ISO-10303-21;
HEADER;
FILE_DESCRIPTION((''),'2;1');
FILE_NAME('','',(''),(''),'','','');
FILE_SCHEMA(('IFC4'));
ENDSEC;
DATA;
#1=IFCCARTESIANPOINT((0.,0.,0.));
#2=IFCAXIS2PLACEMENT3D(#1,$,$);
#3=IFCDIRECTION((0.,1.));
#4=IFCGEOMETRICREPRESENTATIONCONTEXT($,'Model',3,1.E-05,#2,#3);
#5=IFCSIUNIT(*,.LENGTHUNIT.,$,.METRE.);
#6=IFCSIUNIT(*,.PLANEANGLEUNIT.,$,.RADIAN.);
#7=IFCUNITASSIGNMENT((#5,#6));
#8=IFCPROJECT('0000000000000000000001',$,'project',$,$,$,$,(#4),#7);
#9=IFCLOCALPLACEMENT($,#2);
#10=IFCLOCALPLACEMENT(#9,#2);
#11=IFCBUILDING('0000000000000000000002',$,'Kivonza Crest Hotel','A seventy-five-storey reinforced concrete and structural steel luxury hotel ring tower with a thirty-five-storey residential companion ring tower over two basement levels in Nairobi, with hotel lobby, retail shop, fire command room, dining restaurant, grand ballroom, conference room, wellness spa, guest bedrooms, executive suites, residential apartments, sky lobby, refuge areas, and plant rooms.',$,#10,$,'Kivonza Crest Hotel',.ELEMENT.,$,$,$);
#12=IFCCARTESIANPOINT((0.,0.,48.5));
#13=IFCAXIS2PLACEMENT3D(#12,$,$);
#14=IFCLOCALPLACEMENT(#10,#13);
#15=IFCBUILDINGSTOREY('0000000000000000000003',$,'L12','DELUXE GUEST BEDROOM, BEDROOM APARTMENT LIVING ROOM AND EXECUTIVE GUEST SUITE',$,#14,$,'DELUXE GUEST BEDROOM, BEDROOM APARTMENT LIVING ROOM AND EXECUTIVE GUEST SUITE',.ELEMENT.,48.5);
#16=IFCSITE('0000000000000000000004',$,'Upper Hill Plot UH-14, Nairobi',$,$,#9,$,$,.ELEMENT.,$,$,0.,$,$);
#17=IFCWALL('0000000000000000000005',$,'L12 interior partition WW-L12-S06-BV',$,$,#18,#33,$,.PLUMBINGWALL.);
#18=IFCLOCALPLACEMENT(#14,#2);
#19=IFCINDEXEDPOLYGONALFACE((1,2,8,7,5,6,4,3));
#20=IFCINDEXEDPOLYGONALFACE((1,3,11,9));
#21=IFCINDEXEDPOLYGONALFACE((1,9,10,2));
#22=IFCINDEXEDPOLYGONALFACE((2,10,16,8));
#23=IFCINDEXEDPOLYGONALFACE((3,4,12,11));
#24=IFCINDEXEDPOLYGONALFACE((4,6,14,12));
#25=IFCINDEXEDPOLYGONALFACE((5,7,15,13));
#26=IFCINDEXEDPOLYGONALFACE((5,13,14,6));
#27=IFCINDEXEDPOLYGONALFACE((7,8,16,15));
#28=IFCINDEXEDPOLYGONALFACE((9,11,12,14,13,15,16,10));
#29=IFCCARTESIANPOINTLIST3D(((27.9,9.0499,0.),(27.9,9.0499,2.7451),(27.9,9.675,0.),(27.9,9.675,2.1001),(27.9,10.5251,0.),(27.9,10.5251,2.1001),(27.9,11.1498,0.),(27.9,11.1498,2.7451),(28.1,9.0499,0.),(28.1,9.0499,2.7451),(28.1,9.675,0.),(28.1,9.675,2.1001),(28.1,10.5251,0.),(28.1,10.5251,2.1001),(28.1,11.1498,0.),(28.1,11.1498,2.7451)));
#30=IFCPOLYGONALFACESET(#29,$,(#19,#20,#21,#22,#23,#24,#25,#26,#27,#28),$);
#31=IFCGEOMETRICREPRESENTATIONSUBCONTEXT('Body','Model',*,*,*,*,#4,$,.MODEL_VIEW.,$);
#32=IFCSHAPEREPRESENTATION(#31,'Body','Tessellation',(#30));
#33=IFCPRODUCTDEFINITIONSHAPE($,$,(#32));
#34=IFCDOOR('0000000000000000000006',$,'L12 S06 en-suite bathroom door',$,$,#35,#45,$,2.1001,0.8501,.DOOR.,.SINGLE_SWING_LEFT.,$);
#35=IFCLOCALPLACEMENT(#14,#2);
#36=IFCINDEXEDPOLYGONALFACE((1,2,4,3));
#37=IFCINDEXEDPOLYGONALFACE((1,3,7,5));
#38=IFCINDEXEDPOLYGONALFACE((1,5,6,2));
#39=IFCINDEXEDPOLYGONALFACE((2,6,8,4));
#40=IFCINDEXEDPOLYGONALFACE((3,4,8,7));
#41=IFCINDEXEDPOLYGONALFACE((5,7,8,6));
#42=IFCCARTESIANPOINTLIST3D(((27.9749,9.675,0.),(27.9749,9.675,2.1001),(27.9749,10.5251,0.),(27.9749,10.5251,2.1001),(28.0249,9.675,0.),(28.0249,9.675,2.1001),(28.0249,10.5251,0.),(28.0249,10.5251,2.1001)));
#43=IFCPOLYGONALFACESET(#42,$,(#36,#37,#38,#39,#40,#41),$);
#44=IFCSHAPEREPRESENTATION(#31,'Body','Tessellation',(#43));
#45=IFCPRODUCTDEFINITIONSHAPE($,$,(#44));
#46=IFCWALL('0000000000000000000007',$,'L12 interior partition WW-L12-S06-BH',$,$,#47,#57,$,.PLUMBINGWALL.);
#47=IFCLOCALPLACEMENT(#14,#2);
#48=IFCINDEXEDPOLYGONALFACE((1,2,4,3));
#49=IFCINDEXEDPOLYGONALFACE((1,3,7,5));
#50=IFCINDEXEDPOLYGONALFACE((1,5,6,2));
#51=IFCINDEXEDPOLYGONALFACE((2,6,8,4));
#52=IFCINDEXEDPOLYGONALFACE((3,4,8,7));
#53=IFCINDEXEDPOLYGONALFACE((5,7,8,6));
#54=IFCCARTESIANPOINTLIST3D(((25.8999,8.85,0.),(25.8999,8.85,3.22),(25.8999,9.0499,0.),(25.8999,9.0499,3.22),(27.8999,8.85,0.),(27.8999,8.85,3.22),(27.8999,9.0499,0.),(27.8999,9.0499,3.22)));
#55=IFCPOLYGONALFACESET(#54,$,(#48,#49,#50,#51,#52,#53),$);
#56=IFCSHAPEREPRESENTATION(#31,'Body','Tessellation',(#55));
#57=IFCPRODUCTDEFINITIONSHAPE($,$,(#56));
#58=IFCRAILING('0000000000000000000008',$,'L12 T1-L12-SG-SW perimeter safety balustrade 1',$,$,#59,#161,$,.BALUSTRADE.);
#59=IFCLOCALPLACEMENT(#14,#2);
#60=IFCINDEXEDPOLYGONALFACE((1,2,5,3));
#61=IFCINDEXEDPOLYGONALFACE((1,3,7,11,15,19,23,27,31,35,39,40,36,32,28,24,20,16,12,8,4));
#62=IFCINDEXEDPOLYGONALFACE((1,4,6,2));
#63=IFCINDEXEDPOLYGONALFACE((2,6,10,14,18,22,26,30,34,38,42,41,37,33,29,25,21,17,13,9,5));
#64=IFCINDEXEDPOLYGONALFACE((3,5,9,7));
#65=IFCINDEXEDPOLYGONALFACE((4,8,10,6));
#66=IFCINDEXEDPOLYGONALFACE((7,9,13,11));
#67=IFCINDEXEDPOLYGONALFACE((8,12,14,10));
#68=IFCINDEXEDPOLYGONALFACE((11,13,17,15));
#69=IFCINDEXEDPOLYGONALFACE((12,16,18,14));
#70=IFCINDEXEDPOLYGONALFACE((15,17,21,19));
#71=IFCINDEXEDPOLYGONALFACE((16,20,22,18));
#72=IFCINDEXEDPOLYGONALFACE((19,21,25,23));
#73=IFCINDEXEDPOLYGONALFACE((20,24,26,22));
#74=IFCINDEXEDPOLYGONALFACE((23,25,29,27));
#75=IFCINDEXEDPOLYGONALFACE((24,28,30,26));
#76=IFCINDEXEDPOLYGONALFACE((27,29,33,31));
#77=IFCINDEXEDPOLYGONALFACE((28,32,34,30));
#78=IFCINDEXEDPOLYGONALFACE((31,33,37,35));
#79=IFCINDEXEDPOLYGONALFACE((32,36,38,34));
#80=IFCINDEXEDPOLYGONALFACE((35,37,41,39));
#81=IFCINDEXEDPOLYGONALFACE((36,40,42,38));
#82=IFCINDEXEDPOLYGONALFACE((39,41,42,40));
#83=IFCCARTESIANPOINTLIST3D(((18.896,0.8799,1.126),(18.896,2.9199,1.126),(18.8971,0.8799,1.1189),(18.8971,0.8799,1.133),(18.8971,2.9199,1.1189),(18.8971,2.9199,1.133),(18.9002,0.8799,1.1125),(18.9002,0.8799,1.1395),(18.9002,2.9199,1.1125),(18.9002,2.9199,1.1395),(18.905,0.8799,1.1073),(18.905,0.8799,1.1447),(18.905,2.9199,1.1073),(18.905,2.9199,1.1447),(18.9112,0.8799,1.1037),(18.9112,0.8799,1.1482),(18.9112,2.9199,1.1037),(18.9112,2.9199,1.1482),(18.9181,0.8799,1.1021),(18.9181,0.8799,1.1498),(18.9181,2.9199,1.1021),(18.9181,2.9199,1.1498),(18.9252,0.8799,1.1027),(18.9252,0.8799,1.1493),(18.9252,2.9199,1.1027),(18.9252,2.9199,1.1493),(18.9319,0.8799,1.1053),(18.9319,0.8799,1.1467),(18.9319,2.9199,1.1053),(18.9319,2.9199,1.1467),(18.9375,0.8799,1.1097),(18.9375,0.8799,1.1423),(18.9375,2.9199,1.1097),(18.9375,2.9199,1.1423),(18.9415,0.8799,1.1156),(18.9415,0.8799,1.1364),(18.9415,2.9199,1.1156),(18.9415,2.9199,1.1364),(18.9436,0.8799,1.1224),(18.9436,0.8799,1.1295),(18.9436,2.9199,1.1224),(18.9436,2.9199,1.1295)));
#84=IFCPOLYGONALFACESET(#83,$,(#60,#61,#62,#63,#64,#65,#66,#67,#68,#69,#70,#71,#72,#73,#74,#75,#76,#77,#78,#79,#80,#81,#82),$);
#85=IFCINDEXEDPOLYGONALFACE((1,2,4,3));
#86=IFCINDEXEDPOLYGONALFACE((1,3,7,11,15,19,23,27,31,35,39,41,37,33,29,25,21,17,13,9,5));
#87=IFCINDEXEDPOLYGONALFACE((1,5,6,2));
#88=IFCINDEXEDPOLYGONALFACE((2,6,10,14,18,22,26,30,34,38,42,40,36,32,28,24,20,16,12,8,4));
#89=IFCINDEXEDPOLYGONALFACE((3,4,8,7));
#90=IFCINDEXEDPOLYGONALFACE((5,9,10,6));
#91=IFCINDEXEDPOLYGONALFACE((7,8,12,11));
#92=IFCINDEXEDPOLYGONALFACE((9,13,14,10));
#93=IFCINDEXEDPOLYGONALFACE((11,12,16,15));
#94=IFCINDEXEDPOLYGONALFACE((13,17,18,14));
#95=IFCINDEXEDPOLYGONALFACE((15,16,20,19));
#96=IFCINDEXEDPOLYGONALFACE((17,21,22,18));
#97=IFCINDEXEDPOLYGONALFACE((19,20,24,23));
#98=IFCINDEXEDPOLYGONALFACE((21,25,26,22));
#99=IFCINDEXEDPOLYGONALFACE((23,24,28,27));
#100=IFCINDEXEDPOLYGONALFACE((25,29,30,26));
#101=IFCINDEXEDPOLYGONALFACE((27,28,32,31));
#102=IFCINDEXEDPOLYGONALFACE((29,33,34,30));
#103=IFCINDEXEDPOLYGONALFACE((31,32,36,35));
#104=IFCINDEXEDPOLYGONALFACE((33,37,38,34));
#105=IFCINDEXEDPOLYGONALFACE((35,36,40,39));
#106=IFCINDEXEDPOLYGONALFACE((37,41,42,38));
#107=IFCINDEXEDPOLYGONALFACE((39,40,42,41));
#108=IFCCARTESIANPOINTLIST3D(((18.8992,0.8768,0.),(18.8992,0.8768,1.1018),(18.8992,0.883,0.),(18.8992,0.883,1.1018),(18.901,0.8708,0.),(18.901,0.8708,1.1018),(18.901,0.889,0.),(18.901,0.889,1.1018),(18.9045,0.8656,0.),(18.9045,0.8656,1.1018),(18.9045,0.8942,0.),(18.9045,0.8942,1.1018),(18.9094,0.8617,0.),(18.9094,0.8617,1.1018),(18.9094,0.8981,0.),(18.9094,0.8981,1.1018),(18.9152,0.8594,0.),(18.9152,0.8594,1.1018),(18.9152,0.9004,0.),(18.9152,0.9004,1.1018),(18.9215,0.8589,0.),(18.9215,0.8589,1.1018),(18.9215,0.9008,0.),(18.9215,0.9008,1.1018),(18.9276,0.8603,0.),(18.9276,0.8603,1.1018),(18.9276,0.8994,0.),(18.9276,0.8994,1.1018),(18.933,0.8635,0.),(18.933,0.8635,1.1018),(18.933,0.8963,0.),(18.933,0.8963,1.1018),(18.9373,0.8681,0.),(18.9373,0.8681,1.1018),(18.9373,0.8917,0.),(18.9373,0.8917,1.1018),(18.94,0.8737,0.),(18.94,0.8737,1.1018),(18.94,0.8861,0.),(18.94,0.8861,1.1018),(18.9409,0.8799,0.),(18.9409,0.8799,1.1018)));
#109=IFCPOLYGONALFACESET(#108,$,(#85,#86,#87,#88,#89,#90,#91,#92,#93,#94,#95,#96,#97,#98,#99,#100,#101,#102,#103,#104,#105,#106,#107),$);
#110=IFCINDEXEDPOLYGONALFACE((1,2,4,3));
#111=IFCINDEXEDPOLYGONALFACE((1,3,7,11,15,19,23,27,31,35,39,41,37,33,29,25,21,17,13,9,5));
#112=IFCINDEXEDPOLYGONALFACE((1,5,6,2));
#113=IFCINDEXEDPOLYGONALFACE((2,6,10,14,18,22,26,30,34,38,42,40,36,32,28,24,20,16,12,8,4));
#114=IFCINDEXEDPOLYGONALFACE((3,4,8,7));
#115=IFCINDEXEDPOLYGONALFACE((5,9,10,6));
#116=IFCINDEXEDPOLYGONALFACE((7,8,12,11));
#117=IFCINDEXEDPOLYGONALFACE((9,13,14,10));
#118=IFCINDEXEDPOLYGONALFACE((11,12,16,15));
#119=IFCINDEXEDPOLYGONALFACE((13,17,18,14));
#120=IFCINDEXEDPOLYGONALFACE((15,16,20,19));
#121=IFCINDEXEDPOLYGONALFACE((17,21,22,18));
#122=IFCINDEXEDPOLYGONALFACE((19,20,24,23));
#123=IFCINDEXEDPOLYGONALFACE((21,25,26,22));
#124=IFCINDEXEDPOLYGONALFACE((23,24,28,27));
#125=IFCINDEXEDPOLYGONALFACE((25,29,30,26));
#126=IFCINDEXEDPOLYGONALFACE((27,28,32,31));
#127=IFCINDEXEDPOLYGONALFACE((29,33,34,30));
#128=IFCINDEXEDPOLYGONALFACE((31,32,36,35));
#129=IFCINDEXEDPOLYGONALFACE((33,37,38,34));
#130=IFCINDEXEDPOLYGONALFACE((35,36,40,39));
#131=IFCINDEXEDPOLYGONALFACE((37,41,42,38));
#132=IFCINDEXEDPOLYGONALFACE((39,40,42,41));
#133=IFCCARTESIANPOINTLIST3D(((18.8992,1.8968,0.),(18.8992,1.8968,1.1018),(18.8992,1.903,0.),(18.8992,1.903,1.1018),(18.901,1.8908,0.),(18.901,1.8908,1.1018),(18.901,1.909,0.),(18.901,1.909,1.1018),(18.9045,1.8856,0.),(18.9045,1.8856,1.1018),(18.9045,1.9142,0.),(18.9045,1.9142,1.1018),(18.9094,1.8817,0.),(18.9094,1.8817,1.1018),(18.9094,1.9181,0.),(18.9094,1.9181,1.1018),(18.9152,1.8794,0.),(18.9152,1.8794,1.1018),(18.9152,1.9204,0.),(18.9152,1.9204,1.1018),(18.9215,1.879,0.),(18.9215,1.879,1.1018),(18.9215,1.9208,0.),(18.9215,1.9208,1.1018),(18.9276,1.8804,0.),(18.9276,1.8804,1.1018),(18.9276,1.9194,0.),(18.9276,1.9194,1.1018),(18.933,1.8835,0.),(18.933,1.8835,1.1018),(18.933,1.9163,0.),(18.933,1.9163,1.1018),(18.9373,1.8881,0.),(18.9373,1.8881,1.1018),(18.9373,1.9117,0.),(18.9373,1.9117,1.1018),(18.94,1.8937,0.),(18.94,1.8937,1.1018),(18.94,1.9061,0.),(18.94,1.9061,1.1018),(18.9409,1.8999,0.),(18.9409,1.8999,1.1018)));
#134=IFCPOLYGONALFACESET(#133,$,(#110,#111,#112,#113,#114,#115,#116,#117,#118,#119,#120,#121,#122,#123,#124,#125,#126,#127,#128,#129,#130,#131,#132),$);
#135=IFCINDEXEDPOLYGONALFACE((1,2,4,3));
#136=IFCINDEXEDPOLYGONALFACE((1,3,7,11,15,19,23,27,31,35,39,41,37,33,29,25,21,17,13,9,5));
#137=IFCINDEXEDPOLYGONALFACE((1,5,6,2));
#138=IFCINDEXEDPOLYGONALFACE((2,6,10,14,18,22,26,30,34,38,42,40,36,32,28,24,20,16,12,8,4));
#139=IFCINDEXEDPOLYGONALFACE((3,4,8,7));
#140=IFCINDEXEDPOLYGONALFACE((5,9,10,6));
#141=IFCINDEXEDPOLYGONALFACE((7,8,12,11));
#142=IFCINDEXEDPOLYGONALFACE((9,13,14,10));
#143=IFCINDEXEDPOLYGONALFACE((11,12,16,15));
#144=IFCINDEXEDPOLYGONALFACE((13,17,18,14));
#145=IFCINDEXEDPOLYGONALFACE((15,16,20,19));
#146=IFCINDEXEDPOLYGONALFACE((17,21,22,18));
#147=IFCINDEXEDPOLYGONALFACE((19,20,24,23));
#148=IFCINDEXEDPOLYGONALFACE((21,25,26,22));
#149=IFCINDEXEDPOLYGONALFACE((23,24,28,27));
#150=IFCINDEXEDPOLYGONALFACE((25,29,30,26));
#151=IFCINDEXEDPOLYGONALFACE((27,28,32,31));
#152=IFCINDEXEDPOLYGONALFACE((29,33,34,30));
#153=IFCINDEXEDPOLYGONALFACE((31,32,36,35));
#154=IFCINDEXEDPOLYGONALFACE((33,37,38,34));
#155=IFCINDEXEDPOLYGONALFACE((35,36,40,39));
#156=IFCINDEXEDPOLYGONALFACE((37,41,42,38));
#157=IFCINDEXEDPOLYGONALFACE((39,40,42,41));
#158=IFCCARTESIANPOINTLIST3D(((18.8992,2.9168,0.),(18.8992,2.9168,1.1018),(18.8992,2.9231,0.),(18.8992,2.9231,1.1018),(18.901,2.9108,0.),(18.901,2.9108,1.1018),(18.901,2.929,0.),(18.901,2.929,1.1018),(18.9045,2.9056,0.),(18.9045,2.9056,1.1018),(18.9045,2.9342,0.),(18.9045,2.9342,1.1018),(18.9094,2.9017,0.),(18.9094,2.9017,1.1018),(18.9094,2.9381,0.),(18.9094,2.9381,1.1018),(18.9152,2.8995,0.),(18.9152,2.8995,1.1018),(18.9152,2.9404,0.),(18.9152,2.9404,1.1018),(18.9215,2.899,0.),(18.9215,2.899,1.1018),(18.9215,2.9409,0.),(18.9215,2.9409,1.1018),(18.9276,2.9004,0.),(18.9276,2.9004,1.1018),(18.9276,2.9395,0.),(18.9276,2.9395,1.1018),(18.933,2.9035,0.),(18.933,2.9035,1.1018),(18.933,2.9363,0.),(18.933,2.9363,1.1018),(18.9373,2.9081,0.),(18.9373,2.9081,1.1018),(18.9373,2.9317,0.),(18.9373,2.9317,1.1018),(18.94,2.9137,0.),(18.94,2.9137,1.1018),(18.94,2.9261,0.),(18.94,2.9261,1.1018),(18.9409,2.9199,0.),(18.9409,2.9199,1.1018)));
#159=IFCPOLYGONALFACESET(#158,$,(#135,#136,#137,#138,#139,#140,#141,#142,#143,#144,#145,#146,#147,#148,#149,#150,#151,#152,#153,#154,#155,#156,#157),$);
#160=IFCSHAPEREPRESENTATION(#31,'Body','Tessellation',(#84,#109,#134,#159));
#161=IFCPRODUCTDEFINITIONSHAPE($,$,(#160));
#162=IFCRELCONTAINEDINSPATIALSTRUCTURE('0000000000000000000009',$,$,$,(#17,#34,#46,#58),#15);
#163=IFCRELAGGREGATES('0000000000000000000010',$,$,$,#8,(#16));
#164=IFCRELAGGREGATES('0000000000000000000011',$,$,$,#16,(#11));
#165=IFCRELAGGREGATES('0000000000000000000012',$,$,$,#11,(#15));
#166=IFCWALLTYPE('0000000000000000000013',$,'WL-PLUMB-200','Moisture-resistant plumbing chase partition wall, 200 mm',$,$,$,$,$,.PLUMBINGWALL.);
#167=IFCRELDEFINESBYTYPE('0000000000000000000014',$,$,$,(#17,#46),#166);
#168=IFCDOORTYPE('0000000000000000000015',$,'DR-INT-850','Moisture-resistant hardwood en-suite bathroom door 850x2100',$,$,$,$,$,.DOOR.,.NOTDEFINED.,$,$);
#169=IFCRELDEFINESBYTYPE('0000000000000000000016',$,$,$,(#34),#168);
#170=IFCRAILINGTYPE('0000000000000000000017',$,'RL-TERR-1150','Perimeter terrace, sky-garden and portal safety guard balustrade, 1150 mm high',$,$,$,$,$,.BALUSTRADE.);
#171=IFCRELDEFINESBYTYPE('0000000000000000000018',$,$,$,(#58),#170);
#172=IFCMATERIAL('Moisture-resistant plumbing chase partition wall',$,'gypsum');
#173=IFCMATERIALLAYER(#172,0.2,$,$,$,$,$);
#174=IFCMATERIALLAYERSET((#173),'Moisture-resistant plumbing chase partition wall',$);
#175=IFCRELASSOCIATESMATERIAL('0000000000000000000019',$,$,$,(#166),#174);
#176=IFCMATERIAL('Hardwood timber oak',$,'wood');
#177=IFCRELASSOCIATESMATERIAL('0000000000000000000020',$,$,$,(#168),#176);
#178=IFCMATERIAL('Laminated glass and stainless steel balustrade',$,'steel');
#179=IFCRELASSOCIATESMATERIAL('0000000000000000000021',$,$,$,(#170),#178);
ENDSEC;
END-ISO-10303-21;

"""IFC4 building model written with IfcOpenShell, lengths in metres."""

from ifc_helpers import new_model, si_unit, direction, frame, frame_2d, origin, origin_2d, place, context, subcontext, project, spatial, rectangle, circle, extrude, material, layer, layer_set, type_object, element, fill, save


model = new_model("IFC4")

# Units and contexts
model_context = context("Model", 3, precision=1e-05, world=origin(), true_north=direction((0.0, 1.0)))
body_context = subcontext(model_context, "Body", "Model", "MODEL_VIEW")
ifc_project = project(units=[si_unit("LENGTHUNIT", "METRE"), si_unit("PLANEANGLEUNIT", "RADIAN")], contexts=[model_context])

# Site, building, storey
site_placement = place(None, origin())
site = spatial("IfcSite", under=ifc_project, at=site_placement, Name="Upper Hill Plot UH-14, Nairobi", CompositionType="ELEMENT", RefElevation=0.0)
building_placement = place(site_placement, origin())
building = spatial("IfcBuilding", under=site, at=building_placement, Name="Kivonza Crest Hotel", Description="A seventy-five-storey reinforced concrete and structural steel luxury hotel ring tower with a thirty-five-storey residential companion ring tower over two basement levels in Nairobi, with hotel lobby, retail shop, fire command room, dining restaurant, grand ballroom, conference room, wellness spa, guest bedrooms, executive suites, residential apartments, sky lobby, refuge areas, and plant rooms.", LongName="Kivonza Crest Hotel", CompositionType="ELEMENT")
storey_placement = place(building_placement, frame((0.0, 0.0, 48.5)))
storey = spatial("IfcBuildingStorey", under=building, at=storey_placement, Name="L12", Description="DELUXE GUEST BEDROOM, BEDROOM APARTMENT LIVING ROOM AND EXECUTIVE GUEST SUITE", LongName="DELUXE GUEST BEDROOM, BEDROOM APARTMENT LIVING ROOM AND EXECUTIVE GUEST SUITE", CompositionType="ELEMENT", Elevation=48.5)

# Wall, opening, door
ifc_material_1 = material(Name="Hardwood timber oak", Category="wood")
ifc_material_2 = material(Name="Moisture-resistant plumbing chase partition wall", Category="gypsum")
ifc_layer_1 = layer(ifc_material_2, 0.2)
ifc_layer_set_1 = layer_set([ifc_layer_1], Name="Moisture-resistant plumbing chase partition wall")
wall_type_1 = type_object("IfcWallType", Name="WL-PLUMB-200", Description="Moisture-resistant plumbing chase partition wall, 200 mm", PredefinedType="PLUMBINGWALL", material=ifc_layer_set_1)
wall_1_placement = place(storey_placement, frame((28.0, 9.05, 0.0), z_axis=(0.0, 0.0, 1.0), x_axis=(0.0, 1.0, 0.0)))
wall_1 = element("IfcWall", 1, at=wall_1_placement, inside=storey, type_object=wall_type_1, Name="L12 interior partition WW-L12-S06-BV", PredefinedType="PLUMBINGWALL", context=body_context, shape_type="SweptSolid", body=[
    extrude(rectangle(XDim=2.0999, YDim=0.2, at=frame_2d((1.0498, 0.0))), origin(), (0.0, 0.0, 1.0), 2.7451),
])
opening_1_placement = place(wall_1_placement, frame((0.625, 0.0, 0.0)))
opening_1 = element("IfcOpeningElement", 2, at=opening_1_placement, cuts=wall_1, PredefinedType="OPENING", context=body_context, shape_type="SweptSolid", body=[
    extrude(rectangle(XDim=0.8501, YDim=2.1001, at=frame_2d((0.425, 1.05))), frame((0.0, 0.1099, 0.0), z_axis=(0.0, -1.0, 0.0), x_axis=(1.0, 0.0, 0.0)), (0.0, 0.0, 1.0), 0.22),
])
door_type_1 = type_object("IfcDoorType", Name="DR-INT-850", Description="Moisture-resistant hardwood en-suite bathroom door 850x2100", OperationType="NOTDEFINED", PredefinedType="DOOR", material=ifc_material_1)
door_1_placement = place(opening_1_placement, frame((0.8501, 0.0, 0.0), z_axis=(0.0, 0.0, 1.0), x_axis=(-1.0, 0.0, 0.0)))
door_1 = element("IfcDoor", 3, at=door_1_placement, inside=storey, type_object=door_type_1, Name="L12 S06 en-suite bathroom door", OperationType="SINGLE_SWING_LEFT", OverallHeight=2.1001, OverallWidth=0.8501, PredefinedType="DOOR", context=body_context, shape_type="SweptSolid", body=[
    extrude(rectangle(XDim=0.8501, YDim=2.1001, at=frame_2d((0.425, 1.05))), frame((0.0, 0.0249, 0.0), z_axis=(0.0, -1.0, 0.0), x_axis=(1.0, 0.0, 0.0)), (0.0, 0.0, 1.0), 0.05),
])
fill(opening_1, door_1)

# Wall
wall_2_placement = place(storey_placement, frame((25.8999, 8.95, 0.0), z_axis=(0.0, 0.0, 1.0), x_axis=(1.0, 0.0, 0.0)))
element("IfcWall", 4, at=wall_2_placement, inside=storey, type_object=wall_type_1, Name="L12 interior partition WW-L12-S06-BH", PredefinedType="PLUMBINGWALL", context=body_context, shape_type="SweptSolid", body=[
    extrude(rectangle(XDim=2.0, YDim=0.2, at=frame_2d((1.0, 0.0))), origin(), (0.0, 0.0, 1.0), 3.22),
])

# Railing
ifc_material_3 = material(Name="Laminated glass and stainless steel balustrade", Category="steel")
railing_type = type_object("IfcRailingType", Name="RL-TERR-1150", Description="Perimeter terrace, sky-garden and portal safety guard balustrade, 1150 mm high", PredefinedType="BALUSTRADE", material=ifc_material_3)
railing_1_placement = place(storey_placement, frame((18.9199, 0.8799, 0.0)))
element("IfcRailing", 5, at=railing_1_placement, inside=storey, type_object=railing_type, Name="L12 T1-L12-SG-SW perimeter safety balustrade 1", PredefinedType="BALUSTRADE", context=body_context, shape_type="SweptSolid", body=[
    extrude(circle(Radius=0.0239, at=origin_2d()), frame((0.0, 0.0, 1.126), z_axis=(0.0, 1.0, 0.0), x_axis=(-1.0, 0.0, 0.0)), (0.0, 0.0, 1.0), 2.04),
    extrude(circle(Radius=0.021, at=origin_2d()), origin(), (0.0, 0.0, 1.0), 1.1018),
    extrude(circle(Radius=0.021, at=origin_2d()), frame((0.0, 1.02, 0.0)), (0.0, 0.0, 1.0), 1.1018),
    extrude(circle(Radius=0.021, at=origin_2d()), frame((0.0, 2.04, 0.0)), (0.0, 0.0, 1.0), 1.1018),
])

save(model, "model.ifc")
